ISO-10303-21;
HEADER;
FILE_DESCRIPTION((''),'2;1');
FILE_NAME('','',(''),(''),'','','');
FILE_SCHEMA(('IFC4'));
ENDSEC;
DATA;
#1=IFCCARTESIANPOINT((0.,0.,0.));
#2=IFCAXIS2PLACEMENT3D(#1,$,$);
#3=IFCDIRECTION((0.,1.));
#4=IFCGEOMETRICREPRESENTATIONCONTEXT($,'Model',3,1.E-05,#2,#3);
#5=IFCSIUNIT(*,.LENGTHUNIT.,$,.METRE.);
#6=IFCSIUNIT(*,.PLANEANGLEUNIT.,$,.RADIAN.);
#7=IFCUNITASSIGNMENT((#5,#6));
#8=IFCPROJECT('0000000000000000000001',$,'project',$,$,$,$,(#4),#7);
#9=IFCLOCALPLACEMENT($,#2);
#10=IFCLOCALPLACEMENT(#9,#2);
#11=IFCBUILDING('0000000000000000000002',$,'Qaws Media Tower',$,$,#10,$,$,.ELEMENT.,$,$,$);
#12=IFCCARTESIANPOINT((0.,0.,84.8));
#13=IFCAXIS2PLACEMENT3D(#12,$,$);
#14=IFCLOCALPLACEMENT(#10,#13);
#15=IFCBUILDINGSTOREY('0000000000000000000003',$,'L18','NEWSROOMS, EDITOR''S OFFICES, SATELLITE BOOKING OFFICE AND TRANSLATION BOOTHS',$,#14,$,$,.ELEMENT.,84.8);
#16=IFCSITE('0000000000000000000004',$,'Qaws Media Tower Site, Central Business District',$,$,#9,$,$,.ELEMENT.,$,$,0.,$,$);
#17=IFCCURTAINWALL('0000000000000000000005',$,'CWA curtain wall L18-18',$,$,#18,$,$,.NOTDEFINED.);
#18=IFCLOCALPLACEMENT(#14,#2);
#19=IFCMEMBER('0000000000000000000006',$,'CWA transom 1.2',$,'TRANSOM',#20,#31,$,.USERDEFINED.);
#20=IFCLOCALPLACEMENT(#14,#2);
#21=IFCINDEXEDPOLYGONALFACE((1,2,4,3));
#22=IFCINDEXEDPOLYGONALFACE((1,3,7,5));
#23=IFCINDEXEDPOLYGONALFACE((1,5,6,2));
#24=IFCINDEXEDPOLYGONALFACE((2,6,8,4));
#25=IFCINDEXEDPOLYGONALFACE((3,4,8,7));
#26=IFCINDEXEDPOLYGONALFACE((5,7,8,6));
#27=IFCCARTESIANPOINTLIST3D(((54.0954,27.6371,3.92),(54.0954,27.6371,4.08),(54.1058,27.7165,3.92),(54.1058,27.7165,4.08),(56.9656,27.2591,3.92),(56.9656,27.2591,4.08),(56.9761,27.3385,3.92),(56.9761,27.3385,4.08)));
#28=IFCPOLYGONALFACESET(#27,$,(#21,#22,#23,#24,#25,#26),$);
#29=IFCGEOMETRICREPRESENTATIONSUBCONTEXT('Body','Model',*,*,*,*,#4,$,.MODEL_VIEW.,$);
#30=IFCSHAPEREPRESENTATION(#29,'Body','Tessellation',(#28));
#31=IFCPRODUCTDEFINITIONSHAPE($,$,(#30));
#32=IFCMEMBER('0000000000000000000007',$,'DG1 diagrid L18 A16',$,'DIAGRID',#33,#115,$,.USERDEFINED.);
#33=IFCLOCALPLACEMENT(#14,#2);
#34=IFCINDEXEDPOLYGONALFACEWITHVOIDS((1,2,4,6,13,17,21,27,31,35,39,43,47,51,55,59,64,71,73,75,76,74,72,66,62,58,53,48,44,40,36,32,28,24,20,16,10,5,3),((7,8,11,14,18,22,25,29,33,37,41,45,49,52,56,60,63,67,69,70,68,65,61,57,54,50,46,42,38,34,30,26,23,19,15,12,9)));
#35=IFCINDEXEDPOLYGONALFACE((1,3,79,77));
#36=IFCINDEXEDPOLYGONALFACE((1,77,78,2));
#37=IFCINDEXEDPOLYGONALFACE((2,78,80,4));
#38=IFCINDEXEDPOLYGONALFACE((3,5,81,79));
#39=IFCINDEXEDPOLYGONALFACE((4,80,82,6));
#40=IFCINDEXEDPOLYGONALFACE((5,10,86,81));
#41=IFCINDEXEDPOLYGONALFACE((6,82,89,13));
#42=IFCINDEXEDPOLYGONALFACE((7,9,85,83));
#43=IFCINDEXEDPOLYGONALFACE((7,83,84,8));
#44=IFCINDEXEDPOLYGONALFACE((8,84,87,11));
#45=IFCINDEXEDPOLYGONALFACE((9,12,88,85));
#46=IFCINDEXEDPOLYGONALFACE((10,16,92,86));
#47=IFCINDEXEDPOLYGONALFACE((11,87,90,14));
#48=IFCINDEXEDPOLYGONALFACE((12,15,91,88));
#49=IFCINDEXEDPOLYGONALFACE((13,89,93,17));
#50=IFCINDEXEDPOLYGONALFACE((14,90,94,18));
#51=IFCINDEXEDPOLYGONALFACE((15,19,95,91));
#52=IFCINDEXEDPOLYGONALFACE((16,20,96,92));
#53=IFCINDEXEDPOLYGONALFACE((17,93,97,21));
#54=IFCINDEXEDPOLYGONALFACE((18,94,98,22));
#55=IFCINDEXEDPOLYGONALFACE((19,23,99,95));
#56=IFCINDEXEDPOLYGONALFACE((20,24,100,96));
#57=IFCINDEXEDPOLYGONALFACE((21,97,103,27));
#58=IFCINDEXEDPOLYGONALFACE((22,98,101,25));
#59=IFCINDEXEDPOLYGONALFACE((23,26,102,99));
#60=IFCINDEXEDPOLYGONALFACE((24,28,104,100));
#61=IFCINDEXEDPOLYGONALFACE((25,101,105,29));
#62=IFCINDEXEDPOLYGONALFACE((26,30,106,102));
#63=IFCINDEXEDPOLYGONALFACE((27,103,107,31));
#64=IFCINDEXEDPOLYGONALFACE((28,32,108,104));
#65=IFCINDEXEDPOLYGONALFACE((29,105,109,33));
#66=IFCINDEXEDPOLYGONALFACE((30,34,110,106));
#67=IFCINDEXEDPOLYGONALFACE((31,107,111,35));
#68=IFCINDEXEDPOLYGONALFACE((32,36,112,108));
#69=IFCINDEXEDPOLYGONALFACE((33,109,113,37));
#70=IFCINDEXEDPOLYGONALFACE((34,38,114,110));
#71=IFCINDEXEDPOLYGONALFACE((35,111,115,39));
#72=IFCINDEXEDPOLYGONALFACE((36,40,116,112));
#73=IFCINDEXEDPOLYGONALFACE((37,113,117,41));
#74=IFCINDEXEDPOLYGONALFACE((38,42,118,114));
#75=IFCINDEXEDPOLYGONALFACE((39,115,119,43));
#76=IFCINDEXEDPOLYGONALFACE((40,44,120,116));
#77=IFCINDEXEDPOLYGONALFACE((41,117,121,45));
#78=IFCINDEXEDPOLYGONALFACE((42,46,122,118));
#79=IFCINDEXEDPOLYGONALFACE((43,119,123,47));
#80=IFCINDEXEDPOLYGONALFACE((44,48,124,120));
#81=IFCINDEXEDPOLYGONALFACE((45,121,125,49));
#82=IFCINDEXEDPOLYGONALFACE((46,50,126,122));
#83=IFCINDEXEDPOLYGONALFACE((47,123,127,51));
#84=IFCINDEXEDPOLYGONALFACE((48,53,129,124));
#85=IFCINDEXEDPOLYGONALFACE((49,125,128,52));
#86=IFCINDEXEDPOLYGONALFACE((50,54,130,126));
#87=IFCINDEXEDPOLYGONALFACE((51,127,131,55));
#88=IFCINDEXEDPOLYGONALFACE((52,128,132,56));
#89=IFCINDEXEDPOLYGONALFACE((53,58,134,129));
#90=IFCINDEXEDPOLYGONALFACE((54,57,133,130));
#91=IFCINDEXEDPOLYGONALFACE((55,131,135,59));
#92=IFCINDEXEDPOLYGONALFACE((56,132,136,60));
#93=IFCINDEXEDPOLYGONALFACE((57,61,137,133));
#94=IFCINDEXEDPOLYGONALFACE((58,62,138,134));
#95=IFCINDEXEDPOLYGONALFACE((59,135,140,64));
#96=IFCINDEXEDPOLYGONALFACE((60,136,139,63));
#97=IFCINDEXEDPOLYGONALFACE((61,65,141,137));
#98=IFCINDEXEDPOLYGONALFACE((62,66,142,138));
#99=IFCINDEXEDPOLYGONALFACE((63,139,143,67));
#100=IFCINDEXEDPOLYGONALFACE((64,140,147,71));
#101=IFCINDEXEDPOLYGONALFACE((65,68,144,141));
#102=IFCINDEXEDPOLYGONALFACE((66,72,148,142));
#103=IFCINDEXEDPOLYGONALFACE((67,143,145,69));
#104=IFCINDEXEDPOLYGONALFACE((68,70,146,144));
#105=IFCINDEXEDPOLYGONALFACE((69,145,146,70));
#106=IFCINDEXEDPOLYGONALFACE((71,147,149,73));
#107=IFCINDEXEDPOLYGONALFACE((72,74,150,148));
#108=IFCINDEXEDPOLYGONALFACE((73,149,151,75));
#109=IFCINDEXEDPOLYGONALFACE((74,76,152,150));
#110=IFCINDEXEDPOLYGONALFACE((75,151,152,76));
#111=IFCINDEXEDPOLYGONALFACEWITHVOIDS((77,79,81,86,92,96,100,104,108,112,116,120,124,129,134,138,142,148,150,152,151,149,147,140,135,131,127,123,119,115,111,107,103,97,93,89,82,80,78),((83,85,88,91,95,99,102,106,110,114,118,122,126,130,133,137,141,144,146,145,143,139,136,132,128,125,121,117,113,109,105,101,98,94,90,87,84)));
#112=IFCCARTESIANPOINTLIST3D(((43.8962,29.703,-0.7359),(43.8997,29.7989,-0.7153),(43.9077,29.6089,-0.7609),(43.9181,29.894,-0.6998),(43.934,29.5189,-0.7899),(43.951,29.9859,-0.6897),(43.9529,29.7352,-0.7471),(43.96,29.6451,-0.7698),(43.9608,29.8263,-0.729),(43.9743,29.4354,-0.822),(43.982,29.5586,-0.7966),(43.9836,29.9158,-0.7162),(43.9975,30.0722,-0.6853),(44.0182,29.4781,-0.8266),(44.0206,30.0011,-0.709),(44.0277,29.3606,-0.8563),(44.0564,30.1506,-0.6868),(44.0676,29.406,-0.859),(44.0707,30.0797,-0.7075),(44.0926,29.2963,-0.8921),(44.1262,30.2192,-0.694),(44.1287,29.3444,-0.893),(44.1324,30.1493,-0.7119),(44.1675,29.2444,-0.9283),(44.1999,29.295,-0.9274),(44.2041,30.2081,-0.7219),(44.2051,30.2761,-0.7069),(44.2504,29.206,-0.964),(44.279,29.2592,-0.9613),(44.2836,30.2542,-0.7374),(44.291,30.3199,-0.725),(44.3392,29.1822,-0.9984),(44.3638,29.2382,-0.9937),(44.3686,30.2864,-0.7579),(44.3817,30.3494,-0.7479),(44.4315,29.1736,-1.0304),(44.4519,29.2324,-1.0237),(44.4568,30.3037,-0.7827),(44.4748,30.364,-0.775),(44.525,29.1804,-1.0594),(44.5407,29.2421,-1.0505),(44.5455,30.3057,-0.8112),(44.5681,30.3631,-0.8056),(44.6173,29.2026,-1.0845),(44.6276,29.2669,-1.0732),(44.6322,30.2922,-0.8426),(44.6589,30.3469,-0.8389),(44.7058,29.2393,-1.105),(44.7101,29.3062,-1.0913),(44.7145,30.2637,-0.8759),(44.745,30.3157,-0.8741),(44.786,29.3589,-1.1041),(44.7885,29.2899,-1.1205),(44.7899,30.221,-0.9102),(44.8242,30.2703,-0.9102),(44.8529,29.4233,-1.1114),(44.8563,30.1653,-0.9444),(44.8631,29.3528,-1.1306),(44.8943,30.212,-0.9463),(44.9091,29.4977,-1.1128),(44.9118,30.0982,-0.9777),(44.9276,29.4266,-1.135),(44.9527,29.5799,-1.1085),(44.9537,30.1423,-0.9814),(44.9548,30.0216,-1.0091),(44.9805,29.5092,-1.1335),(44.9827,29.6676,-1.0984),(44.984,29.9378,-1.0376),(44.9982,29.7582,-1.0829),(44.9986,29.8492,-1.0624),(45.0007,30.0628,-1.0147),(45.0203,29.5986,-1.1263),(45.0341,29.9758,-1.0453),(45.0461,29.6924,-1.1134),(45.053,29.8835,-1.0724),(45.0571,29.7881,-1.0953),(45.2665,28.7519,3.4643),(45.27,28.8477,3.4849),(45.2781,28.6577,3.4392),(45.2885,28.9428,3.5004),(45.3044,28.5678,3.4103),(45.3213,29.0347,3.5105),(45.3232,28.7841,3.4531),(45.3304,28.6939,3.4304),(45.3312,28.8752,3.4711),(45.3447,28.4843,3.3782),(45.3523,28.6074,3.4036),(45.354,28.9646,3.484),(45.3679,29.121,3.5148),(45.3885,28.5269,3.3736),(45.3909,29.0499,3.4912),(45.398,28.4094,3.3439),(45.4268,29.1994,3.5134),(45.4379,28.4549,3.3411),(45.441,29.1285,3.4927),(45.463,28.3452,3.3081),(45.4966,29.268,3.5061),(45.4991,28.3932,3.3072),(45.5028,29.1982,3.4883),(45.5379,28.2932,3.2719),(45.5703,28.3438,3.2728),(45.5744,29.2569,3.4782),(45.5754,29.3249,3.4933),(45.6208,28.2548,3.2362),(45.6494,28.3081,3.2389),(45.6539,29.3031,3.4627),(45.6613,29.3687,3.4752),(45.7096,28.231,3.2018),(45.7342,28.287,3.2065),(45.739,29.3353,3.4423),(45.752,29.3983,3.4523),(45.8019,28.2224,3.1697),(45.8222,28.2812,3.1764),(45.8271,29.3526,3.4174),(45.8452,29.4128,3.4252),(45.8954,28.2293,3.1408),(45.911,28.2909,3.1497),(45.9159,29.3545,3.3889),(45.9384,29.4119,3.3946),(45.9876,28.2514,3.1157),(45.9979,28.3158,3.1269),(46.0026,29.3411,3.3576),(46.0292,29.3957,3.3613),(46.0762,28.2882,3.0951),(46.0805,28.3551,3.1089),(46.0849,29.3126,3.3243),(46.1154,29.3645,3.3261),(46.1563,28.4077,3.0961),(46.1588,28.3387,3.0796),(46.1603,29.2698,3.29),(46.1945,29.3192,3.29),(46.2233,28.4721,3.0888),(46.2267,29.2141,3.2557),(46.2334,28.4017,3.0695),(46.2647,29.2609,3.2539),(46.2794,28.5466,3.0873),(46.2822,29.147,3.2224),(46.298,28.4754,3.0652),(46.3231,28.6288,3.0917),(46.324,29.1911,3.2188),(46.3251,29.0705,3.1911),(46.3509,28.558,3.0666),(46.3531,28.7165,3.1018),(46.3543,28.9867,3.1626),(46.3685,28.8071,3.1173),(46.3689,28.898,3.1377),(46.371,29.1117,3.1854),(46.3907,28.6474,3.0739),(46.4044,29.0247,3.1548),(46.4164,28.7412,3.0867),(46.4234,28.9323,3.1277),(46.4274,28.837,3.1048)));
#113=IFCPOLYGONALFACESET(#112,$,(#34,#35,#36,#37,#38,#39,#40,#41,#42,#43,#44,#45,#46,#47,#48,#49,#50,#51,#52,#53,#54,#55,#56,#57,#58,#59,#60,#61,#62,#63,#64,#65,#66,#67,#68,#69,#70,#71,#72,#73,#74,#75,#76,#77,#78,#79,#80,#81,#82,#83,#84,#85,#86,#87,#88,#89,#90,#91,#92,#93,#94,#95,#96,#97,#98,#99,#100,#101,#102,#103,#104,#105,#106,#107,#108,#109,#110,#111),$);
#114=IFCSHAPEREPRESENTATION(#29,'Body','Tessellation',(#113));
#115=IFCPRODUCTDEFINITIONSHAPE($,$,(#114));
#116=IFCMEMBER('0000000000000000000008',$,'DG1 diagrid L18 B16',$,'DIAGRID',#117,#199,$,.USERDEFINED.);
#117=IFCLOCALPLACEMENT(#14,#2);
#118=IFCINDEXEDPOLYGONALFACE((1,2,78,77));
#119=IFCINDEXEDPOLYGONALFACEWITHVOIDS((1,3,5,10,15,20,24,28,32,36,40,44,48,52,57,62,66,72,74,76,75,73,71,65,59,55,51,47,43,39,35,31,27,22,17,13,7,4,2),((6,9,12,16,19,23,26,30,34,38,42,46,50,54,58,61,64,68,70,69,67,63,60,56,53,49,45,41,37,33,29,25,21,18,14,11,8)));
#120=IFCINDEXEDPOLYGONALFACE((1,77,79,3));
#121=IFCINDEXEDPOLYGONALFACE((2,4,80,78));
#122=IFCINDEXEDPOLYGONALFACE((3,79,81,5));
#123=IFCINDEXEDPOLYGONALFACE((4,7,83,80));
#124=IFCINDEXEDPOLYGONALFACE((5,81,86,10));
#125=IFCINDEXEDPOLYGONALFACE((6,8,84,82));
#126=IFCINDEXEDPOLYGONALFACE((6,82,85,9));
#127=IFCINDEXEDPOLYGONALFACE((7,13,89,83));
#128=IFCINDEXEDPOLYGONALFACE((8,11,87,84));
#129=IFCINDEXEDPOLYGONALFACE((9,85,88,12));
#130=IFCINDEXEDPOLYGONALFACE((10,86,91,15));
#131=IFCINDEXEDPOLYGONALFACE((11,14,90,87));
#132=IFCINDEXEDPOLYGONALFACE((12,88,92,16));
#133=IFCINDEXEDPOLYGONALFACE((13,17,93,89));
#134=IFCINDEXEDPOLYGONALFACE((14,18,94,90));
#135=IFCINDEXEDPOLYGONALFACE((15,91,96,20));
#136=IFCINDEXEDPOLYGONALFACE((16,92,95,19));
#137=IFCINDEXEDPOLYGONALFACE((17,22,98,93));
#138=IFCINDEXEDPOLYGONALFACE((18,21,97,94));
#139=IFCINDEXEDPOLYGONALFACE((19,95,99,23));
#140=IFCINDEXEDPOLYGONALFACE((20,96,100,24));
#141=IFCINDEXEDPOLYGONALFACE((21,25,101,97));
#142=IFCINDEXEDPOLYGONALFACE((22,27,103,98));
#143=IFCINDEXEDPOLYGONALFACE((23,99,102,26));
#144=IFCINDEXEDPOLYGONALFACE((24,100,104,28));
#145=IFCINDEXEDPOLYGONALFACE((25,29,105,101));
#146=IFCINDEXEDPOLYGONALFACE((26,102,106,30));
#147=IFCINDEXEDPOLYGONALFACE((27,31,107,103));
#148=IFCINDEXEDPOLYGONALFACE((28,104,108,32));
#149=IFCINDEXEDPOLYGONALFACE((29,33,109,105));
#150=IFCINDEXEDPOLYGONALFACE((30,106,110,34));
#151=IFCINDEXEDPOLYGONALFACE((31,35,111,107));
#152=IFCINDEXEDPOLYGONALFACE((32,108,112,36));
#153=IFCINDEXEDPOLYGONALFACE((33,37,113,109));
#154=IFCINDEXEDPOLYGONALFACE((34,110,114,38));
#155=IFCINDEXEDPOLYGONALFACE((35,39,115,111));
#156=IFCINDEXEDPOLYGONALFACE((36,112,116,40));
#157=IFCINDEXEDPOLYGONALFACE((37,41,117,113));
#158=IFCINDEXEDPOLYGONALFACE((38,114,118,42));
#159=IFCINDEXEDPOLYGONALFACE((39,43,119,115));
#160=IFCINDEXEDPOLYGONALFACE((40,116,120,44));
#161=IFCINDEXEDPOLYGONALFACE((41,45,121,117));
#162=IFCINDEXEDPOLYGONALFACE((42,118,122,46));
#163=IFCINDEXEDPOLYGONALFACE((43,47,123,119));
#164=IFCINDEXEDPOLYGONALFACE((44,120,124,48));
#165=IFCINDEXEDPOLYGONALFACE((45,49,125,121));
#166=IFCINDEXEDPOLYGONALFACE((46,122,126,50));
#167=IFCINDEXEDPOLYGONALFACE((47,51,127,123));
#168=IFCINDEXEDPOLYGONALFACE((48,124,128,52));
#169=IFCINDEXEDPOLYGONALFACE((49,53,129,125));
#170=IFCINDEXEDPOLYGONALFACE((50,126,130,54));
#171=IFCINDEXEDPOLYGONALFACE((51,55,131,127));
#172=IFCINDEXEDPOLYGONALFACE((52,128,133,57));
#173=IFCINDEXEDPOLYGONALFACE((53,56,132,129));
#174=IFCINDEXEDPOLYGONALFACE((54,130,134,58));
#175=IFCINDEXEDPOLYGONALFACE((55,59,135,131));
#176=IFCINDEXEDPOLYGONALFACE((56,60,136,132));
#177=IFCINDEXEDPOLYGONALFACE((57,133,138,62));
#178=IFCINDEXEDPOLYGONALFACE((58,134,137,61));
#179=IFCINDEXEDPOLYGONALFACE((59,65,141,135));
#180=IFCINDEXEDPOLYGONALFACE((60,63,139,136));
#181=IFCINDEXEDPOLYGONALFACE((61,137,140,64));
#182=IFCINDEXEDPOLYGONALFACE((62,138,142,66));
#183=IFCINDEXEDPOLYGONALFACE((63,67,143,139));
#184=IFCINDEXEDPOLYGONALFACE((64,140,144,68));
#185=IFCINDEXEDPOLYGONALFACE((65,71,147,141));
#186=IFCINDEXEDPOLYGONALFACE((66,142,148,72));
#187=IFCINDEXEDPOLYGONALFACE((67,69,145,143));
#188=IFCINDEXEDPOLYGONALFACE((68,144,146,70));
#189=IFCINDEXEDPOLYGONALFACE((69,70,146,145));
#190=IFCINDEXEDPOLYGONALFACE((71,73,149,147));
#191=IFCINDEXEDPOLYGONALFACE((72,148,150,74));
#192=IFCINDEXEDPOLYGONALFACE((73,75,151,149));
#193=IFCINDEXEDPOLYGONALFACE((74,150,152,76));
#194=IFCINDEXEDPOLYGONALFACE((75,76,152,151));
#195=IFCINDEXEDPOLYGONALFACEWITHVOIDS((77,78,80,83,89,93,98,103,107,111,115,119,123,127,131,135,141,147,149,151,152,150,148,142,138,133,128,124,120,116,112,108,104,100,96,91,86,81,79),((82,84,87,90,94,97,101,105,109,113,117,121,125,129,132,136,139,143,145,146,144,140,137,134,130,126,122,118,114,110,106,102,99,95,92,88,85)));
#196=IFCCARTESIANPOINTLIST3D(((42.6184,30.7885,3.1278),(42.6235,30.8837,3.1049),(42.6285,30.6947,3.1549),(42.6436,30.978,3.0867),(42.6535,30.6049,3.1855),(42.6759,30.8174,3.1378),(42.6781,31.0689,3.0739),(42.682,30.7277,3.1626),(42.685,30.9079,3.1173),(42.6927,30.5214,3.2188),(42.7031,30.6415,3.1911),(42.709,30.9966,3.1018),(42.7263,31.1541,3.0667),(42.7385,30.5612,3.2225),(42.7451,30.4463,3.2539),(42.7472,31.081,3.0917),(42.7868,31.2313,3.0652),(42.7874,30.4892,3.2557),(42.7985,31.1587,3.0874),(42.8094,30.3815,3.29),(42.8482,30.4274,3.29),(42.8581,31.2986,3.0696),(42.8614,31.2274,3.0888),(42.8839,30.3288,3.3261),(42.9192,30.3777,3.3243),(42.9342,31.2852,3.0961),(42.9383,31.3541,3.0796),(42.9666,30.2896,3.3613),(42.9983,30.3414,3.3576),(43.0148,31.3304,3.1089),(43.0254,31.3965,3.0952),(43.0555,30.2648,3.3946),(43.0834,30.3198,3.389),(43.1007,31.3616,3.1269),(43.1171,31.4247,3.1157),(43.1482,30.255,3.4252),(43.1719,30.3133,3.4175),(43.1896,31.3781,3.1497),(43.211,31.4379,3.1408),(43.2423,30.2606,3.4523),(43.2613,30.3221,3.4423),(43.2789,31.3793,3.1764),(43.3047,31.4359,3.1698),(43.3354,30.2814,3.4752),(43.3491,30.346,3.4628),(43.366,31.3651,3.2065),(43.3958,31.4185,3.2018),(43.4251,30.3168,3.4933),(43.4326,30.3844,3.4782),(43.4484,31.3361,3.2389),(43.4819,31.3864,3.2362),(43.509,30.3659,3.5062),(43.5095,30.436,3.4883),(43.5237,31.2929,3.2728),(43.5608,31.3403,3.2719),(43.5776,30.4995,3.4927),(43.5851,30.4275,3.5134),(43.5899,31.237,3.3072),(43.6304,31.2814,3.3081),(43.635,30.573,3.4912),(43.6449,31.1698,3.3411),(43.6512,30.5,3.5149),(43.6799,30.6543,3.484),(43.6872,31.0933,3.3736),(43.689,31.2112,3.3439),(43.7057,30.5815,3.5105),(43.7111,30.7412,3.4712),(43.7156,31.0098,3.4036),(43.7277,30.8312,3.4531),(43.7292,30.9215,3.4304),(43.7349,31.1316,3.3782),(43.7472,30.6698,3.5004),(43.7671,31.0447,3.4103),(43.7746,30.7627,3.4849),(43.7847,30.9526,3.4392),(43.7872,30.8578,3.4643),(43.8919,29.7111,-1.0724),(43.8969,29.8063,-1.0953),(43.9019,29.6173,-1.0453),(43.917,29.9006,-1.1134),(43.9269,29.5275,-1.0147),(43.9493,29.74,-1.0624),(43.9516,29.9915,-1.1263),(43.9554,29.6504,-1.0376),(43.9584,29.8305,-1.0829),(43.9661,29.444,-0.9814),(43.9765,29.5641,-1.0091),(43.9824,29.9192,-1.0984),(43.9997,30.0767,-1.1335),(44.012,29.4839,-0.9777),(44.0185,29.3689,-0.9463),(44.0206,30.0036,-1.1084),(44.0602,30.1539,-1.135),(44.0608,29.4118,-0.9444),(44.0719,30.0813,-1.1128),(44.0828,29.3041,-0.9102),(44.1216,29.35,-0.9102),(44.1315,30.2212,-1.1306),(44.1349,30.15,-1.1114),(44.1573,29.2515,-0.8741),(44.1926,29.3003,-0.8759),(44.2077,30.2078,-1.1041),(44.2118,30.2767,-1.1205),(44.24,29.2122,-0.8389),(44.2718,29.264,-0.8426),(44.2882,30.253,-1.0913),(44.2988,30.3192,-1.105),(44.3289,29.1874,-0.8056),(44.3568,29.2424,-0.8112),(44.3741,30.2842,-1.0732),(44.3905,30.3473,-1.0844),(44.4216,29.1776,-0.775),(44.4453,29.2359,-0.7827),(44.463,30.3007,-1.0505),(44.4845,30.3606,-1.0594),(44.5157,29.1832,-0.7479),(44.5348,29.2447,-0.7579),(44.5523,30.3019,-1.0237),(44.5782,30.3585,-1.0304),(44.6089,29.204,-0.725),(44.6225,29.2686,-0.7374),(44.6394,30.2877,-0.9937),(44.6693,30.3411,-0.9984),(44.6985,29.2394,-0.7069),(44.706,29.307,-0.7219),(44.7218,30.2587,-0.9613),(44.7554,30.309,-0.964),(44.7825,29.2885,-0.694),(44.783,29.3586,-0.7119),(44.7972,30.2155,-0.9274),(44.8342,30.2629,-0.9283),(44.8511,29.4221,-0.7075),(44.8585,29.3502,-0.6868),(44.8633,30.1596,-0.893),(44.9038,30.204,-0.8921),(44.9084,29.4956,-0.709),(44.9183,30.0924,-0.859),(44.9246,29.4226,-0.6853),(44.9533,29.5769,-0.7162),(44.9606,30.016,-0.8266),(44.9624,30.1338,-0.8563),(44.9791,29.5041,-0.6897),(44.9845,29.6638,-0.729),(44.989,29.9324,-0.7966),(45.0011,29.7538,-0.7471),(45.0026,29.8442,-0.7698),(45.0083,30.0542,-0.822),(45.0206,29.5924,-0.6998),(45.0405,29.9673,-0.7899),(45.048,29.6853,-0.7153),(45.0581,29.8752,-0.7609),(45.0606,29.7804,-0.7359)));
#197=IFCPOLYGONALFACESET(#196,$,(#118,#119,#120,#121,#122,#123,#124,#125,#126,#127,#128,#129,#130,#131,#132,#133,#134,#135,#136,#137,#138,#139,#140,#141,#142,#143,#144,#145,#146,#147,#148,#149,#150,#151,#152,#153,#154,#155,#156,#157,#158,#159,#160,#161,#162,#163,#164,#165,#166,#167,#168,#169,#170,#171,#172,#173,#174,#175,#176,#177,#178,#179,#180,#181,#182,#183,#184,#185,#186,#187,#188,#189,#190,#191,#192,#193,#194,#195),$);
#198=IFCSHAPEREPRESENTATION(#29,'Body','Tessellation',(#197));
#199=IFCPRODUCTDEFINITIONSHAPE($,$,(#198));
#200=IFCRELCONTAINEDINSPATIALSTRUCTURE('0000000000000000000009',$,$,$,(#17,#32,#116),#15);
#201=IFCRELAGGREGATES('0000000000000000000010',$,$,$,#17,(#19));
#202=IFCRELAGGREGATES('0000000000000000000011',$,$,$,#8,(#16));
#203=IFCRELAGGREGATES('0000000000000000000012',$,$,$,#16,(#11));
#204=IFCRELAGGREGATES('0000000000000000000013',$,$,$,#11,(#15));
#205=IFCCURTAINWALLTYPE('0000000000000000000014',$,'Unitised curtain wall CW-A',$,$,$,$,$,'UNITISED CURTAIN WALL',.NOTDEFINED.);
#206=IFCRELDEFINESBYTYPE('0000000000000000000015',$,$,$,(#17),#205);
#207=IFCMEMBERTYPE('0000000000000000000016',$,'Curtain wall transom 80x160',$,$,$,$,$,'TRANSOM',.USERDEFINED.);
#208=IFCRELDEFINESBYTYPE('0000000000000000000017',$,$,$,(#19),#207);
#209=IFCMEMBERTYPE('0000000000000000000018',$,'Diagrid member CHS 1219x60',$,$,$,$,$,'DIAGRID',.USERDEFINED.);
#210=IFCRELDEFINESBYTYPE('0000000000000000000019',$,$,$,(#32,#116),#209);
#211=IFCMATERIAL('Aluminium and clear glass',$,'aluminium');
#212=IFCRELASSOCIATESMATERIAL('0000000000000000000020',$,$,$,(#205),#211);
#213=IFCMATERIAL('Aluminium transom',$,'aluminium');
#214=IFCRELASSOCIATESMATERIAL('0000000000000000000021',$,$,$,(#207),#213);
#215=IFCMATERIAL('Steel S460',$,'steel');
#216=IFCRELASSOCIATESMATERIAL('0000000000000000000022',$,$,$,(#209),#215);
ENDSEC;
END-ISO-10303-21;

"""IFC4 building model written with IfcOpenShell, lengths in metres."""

from ifc_helpers import new_model, si_unit, direction, frame, origin, origin_2d, place, context, subcontext, project, spatial, rectangle, hollow_circle, extrude, material, material_profile, profile_set, type_object, element, aggregate, save


model = new_model("IFC4")

# Units and contexts
model_context = context("Model", 3, precision=1e-05, world=origin(), true_north=direction((0.0, 1.0)))
body_context = subcontext(model_context, "Body", "Model", "MODEL_VIEW")
ifc_project = project(units=[si_unit("LENGTHUNIT", "METRE"), si_unit("PLANEANGLEUNIT", "RADIAN")], contexts=[model_context])

# Site, building, storey
site_placement = place(None, origin())
site = spatial("IfcSite", under=ifc_project, at=site_placement, Name="Qaws Media Tower Site, Central Business District", CompositionType="ELEMENT", RefElevation=0.0)
building_placement = place(site_placement, origin())
building = spatial("IfcBuilding", under=site, at=building_placement, Name="Qaws Media Tower", CompositionType="ELEMENT")
storey_placement = place(building_placement, frame((0.0, 0.0, 84.8)))
storey = spatial("IfcBuildingStorey", under=building, at=storey_placement, Name="L18", Description="NEWSROOMS, EDITOR'S OFFICES, SATELLITE BOOKING OFFICE AND TRANSLATION BOOTHS", CompositionType="ELEMENT", Elevation=84.8)

# Shared definitions
ifc_material_1 = material(Name="Aluminium and clear glass", Category="aluminium")
curtain_wall_type_1 = type_object("IfcCurtainWallType", Name="Unitised curtain wall CW-A", ElementType="UNITISED CURTAIN WALL", PredefinedType="NOTDEFINED", material=ifc_material_1)

# Curtain wall
curtain_wall_1_placement = place(storey_placement, origin())
curtain_wall_1 = element("IfcCurtainWall", 1, at=curtain_wall_1_placement, inside=storey, type_object=curtain_wall_type_1, Name="CWA curtain wall L18-18", PredefinedType="NOTDEFINED")

# Member
ifc_material_2 = material(Name="Aluminium transom", Category="aluminium")
ifc_material_profile_1 = material_profile(ifc_material_2, rectangle(XDim=0.0801, YDim=0.1599, at=origin_2d()), Name="80x160")
ifc_profile_set_1 = profile_set([ifc_material_profile_1], Name="Aluminium transom")
member_type_1 = type_object("IfcMemberType", Name="Curtain wall transom 80x160", ElementType="TRANSOM", PredefinedType="USERDEFINED", material=ifc_profile_set_1)
member_1_placement = place(storey_placement, frame((54.1006, 27.6768, 4.0), z_axis=(0.991443, -0.13054, 0.0), x_axis=(0.13054, 0.991443, 0.0)))
member_1 = element("IfcMember", 2, at=member_1_placement, type_object=member_type_1, Name="CWA transom 1.2", ObjectType="TRANSOM", PredefinedType="USERDEFINED", context=body_context, shape_type="SweptSolid", body=[
    extrude(rectangle(XDim=0.0801, YDim=0.1599, at=origin_2d()), origin(), (0.0, 0.0, 1.0), 2.895),
])

# Members
ifc_material_3 = material(Name="Steel S460", Category="steel")
ifc_material_profile_2 = material_profile(ifc_material_3, hollow_circle(Radius=0.6096, WallThickness=0.0601, at=origin_2d()), Name="CHS 1219x60")
ifc_profile_set_2 = profile_set([ifc_material_profile_2], Name="Steel S460")
member_type_2 = type_object("IfcMemberType", Name="Diagrid member CHS 1219x60", ElementType="DIAGRID", PredefinedType="USERDEFINED", material=ifc_profile_set_2)
for number, where, z_axis, x_axis, name in (
    (3, (44.4766, 29.7695, -0.9102), (0.303223, -0.210468, 0.929386), (0.570207, 0.821501, 0.0), "DG1 diagrid L18 A16"),
    (4, (44.4766, 29.7695, -0.9102), (-0.281778, 0.238398, 0.929391), (-0.645896, -0.763425, 0.0), "DG1 diagrid L18 B16"),
):
    element("IfcMember", number, at=place(storey_placement, frame(where, z_axis=z_axis, x_axis=x_axis)), inside=storey, type_object=member_type_2, Name=name, ObjectType="DIAGRID", PredefinedType="USERDEFINED", context=body_context, shape_type="SweptSolid", body=[
        extrude(hollow_circle(Radius=0.6096, WallThickness=0.0601, at=origin_2d()), origin(), (0.0, 0.0, 1.0), 4.5193),
    ])

aggregate(curtain_wall_1, [member_1])

save(model, "model.ifc")
